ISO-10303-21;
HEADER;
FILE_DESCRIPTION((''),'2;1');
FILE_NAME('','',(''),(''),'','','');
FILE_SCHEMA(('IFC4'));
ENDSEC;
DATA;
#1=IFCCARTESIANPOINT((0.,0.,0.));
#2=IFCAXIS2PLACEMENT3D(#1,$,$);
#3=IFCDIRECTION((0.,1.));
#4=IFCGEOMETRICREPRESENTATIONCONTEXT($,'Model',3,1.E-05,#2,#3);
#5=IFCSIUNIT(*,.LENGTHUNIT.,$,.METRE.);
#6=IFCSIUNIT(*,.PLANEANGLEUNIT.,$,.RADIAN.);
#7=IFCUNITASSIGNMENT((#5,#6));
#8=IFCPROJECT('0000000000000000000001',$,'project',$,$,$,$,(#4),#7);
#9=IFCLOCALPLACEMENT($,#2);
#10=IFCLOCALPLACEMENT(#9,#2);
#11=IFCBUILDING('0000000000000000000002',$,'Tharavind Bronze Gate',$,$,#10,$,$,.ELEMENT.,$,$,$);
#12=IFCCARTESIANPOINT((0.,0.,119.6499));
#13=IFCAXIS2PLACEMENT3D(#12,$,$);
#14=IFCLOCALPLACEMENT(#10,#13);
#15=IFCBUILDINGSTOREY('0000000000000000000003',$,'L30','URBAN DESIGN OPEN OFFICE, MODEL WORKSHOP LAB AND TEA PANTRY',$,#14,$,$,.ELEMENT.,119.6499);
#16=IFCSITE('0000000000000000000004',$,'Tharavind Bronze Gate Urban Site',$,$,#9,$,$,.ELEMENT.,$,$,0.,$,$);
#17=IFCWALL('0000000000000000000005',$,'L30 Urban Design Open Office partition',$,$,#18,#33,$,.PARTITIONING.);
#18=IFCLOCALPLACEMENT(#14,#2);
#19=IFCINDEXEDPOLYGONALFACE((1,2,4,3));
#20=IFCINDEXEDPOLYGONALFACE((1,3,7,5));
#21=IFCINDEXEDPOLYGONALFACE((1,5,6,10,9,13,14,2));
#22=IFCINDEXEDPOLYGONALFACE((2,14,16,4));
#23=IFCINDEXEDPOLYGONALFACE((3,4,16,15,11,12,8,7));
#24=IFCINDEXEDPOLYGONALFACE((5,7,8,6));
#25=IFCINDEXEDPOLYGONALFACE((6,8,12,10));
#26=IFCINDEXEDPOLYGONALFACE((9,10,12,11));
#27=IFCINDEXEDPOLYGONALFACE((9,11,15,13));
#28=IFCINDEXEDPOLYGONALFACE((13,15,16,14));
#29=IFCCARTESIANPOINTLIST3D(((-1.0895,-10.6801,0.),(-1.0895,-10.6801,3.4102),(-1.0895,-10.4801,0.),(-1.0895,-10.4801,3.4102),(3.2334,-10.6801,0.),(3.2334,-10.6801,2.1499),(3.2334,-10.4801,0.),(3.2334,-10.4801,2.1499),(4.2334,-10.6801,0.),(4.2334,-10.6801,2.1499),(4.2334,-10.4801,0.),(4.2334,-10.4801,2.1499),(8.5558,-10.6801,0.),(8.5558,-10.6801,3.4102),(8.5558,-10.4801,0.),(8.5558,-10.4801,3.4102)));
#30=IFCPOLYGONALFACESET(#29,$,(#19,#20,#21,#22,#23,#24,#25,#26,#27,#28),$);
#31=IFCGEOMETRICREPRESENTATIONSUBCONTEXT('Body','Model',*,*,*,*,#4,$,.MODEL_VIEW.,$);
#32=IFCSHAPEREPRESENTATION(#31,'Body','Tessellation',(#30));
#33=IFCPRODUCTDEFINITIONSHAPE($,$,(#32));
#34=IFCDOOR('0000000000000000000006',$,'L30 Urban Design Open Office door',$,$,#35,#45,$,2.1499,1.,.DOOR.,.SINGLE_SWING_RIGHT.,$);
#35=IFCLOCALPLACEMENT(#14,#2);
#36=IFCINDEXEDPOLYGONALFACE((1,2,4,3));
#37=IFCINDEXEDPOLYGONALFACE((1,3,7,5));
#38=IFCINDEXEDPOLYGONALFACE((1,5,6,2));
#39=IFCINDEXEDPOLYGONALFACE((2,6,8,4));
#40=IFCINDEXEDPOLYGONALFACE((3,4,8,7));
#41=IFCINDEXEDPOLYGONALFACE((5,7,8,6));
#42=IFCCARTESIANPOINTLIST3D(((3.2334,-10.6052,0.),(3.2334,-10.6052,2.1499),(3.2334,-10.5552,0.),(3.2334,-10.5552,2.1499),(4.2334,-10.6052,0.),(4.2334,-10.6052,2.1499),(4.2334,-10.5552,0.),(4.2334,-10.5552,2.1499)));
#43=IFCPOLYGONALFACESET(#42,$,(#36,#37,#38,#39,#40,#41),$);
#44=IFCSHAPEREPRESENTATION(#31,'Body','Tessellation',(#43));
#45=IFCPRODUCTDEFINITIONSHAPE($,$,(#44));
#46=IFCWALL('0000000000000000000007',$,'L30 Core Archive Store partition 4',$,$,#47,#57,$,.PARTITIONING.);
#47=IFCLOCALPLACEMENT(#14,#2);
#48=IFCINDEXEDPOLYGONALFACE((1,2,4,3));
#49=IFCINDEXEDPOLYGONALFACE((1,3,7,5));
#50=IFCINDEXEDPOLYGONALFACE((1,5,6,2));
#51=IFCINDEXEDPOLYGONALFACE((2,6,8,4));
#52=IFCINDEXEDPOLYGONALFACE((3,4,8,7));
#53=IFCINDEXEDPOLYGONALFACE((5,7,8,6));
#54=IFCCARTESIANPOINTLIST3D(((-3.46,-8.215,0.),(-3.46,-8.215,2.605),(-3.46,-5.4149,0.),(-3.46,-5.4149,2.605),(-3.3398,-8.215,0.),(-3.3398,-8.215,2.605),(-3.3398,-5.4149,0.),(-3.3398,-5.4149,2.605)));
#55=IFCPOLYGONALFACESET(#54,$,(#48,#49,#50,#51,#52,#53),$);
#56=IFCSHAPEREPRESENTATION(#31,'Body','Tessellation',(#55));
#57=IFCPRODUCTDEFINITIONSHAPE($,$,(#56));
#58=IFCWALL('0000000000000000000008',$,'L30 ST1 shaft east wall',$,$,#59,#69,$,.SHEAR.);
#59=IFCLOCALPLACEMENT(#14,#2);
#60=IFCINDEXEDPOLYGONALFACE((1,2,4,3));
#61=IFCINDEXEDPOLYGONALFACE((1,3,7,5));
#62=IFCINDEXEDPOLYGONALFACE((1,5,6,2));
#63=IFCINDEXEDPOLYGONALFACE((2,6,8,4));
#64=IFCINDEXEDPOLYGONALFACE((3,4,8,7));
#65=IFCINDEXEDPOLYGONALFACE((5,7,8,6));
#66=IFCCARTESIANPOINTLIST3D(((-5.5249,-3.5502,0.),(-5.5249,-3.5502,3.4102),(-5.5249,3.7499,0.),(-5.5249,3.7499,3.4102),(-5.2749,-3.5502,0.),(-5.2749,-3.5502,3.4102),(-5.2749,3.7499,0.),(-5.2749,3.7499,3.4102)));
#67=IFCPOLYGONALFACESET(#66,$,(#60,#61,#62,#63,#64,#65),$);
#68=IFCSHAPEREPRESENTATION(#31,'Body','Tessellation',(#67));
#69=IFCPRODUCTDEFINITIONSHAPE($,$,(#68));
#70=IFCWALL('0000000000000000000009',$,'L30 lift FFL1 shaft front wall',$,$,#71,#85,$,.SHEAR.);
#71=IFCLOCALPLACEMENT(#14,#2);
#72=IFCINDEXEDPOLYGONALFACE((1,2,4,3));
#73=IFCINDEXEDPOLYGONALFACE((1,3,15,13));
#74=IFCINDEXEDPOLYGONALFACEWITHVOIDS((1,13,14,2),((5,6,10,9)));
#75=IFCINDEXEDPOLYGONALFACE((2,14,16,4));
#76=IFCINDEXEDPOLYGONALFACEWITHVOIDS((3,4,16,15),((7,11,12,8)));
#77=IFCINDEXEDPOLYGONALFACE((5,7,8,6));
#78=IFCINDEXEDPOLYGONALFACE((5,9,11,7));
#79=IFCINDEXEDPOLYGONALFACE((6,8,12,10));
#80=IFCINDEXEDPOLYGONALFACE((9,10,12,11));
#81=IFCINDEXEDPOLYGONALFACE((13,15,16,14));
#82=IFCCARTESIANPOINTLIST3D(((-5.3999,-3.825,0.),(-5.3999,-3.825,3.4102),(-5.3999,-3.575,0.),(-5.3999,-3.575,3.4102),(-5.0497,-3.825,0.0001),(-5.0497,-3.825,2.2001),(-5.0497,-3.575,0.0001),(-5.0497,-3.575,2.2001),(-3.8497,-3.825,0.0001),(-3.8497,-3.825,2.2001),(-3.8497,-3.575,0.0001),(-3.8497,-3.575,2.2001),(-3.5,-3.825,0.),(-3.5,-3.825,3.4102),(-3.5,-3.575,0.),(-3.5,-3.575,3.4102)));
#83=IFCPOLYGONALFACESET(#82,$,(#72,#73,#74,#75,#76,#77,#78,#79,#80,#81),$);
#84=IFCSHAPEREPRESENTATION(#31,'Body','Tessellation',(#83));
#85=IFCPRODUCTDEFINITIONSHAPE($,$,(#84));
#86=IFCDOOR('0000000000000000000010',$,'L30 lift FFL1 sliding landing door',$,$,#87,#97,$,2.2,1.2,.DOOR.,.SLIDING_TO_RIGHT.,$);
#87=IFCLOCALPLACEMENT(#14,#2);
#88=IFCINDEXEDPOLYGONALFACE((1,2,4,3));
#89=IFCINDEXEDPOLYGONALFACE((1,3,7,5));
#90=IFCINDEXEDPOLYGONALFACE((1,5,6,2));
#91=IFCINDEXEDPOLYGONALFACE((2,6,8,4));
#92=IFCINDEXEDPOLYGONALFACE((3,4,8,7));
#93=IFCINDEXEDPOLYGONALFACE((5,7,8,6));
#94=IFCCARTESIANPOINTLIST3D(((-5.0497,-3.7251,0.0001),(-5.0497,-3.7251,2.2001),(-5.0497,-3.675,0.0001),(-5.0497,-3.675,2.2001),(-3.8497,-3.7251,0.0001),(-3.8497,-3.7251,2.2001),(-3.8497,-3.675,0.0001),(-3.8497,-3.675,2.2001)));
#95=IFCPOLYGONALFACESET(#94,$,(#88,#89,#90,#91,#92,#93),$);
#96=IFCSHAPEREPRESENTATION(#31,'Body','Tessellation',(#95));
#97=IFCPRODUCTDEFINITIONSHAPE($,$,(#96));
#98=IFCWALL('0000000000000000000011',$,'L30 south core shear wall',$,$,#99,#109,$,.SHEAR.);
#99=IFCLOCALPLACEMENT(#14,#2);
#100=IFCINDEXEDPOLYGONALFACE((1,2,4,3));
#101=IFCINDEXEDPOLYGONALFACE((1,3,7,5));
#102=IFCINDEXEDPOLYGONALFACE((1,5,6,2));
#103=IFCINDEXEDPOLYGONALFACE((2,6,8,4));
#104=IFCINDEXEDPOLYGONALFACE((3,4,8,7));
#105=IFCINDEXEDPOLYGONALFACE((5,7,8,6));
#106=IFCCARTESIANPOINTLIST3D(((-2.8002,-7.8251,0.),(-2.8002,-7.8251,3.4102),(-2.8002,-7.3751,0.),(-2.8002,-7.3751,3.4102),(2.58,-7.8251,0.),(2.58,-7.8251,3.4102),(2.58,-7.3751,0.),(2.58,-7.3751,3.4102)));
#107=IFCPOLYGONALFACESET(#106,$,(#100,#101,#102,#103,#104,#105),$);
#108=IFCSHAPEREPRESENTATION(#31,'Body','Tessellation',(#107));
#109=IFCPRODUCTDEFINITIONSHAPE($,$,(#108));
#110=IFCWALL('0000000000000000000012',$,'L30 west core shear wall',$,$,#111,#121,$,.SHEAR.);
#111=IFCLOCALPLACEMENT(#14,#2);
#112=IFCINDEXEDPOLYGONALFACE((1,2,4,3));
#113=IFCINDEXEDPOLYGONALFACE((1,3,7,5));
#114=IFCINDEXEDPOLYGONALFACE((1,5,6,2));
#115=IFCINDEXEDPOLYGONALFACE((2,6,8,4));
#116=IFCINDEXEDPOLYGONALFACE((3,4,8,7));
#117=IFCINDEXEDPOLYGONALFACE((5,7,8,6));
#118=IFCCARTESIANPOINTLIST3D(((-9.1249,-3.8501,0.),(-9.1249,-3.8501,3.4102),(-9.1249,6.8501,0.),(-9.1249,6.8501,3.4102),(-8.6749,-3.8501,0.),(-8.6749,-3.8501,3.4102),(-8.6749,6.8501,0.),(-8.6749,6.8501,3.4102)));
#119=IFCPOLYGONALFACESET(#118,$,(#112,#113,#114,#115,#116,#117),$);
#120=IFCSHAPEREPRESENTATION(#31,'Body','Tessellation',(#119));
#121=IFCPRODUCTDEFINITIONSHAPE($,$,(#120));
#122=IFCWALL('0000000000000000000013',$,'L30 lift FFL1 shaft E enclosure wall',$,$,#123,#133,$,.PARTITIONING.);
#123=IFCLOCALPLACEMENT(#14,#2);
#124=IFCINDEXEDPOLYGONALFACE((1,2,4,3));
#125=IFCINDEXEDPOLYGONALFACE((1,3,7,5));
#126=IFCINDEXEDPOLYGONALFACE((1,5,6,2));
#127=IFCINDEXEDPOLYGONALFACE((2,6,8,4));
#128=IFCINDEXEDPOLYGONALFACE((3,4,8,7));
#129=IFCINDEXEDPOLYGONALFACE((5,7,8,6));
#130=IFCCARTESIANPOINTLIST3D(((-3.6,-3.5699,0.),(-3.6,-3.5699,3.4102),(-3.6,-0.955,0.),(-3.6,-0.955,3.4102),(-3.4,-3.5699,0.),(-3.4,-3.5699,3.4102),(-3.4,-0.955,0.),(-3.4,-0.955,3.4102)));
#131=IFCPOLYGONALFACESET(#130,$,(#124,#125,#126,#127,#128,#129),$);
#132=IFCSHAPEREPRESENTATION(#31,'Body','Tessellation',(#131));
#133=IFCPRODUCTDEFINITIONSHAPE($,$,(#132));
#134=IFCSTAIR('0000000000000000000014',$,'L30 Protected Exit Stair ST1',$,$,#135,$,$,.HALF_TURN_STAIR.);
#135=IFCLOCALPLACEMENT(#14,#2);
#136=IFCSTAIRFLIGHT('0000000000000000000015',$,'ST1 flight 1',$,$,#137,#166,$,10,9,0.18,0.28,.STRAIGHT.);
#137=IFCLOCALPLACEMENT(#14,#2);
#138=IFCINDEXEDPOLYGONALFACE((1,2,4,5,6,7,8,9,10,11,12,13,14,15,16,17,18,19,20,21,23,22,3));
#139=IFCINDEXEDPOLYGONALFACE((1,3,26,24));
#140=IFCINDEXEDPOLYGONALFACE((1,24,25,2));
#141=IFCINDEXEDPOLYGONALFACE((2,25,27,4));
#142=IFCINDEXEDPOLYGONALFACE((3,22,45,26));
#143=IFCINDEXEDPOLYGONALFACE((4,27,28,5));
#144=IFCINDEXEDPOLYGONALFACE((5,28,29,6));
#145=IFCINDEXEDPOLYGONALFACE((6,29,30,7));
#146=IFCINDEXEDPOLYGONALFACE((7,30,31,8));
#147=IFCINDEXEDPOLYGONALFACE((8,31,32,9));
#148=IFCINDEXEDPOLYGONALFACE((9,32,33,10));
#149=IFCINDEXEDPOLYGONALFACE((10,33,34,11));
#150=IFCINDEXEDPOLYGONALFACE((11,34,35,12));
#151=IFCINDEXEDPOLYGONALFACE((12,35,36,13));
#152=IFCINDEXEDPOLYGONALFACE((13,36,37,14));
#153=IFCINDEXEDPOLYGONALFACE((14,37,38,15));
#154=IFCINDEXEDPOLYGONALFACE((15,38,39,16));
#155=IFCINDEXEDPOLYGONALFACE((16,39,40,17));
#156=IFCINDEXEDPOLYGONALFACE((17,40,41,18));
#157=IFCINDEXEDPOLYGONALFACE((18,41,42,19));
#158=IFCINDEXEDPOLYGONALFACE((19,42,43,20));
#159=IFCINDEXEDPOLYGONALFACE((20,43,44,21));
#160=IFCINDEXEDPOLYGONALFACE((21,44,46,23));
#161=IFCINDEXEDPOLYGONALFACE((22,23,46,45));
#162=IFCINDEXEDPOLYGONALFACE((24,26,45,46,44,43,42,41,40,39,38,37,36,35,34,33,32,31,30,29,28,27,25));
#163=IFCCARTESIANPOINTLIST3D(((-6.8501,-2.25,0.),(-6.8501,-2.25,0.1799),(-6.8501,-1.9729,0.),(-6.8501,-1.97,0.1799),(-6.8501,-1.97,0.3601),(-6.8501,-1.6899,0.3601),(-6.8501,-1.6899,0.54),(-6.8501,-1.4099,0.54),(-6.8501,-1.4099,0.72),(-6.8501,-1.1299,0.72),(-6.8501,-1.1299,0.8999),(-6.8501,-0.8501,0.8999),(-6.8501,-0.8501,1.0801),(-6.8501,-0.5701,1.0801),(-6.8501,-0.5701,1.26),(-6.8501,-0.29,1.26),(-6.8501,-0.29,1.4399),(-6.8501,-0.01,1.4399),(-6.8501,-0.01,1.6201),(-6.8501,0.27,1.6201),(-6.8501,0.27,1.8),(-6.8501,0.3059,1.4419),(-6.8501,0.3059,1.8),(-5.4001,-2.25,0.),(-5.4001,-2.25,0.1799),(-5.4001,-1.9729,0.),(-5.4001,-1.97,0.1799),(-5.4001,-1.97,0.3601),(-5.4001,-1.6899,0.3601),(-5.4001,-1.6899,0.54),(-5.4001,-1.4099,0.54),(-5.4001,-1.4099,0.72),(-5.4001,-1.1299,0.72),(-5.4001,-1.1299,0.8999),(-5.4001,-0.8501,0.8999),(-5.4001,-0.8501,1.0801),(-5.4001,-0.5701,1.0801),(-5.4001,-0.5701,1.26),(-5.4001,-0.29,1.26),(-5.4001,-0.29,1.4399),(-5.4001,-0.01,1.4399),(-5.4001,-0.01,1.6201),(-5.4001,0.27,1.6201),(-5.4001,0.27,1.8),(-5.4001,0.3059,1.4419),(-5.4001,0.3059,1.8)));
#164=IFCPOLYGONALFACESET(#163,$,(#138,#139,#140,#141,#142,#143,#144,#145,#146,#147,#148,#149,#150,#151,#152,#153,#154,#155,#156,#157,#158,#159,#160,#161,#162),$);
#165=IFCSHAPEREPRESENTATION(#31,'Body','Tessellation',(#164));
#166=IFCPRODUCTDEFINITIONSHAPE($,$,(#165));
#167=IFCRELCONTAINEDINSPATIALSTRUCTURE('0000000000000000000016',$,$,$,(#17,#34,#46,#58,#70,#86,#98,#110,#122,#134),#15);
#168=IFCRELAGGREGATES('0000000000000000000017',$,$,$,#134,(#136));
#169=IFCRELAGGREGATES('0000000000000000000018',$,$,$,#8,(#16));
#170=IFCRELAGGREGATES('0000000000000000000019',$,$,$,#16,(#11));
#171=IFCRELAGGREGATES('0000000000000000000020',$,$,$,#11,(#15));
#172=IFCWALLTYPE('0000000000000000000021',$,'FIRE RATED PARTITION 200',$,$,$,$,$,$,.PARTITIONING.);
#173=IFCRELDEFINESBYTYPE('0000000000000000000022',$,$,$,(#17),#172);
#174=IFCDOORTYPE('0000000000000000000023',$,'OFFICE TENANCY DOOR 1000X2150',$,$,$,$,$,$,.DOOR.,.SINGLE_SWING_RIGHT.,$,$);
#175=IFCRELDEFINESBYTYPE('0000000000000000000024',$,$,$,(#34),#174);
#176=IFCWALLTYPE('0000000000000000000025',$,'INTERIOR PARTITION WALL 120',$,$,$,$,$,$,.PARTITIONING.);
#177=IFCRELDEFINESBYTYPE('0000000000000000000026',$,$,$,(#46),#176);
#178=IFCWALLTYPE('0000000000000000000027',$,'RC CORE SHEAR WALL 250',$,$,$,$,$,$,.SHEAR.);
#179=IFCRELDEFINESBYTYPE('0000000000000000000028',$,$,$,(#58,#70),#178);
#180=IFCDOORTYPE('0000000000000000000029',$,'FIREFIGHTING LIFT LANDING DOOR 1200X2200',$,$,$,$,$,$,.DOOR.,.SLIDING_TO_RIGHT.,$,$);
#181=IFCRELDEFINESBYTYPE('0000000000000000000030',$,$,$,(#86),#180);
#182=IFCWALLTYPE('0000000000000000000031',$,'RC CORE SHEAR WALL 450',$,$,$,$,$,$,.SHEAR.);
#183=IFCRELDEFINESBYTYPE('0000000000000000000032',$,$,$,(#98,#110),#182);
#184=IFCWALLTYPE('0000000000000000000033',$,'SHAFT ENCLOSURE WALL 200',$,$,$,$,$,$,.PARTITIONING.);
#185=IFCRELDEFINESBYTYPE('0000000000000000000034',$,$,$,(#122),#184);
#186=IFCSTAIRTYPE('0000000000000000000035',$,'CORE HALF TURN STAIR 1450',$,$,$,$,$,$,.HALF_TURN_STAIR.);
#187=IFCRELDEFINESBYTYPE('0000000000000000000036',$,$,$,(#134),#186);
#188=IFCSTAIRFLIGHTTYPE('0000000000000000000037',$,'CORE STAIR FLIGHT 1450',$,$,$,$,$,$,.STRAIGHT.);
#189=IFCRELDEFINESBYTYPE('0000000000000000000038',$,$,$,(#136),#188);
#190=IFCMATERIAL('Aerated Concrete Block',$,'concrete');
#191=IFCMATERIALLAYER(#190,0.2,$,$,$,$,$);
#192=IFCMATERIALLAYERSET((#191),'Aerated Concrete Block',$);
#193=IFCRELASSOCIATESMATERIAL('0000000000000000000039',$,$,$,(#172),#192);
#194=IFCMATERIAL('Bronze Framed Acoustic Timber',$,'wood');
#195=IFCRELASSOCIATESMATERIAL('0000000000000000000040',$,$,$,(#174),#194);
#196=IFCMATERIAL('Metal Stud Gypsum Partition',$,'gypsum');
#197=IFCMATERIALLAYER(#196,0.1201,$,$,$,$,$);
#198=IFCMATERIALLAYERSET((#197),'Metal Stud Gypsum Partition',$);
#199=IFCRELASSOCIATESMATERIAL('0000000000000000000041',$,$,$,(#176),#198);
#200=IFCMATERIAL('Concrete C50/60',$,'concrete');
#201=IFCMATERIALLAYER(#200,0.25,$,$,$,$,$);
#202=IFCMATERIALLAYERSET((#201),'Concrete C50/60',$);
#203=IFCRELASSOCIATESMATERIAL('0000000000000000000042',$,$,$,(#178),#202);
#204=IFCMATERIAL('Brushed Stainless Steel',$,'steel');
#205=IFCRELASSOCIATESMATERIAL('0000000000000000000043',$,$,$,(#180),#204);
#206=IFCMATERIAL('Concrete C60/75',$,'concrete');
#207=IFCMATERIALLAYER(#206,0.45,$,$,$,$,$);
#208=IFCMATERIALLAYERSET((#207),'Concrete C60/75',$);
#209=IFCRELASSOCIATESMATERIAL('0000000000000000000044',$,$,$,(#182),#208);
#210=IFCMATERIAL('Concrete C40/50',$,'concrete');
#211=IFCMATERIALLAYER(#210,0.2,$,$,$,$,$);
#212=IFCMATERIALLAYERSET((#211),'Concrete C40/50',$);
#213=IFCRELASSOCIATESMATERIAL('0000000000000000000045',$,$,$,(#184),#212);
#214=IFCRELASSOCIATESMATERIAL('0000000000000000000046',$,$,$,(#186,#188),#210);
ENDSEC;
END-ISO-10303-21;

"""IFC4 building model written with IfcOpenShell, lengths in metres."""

from ifc_helpers import new_model, si_unit, direction, frame, frame_2d, origin, place, context, subcontext, project, spatial, polyline, rectangle, outline, extrude, material, layer, layer_set, type_object, element, fill, aggregate, save


model = new_model("IFC4")

# Units and contexts
model_context = context("Model", 3, precision=1e-05, world=origin(), true_north=direction((0.0, 1.0)))
body_context = subcontext(model_context, "Body", "Model", "MODEL_VIEW")
ifc_project = project(units=[si_unit("LENGTHUNIT", "METRE"), si_unit("PLANEANGLEUNIT", "RADIAN")], contexts=[model_context])

# Site, building, storey
site_placement = place(None, origin())
site = spatial("IfcSite", under=ifc_project, at=site_placement, Name="Tharavind Bronze Gate Urban Site", CompositionType="ELEMENT", RefElevation=0.0)
building_placement = place(site_placement, origin())
building = spatial("IfcBuilding", under=site, at=building_placement, Name="Tharavind Bronze Gate", CompositionType="ELEMENT")
storey_placement = place(building_placement, frame((0.0, 0.0, 119.6499)))
storey = spatial("IfcBuildingStorey", under=building, at=storey_placement, Name="L30", Description="URBAN DESIGN OPEN OFFICE, MODEL WORKSHOP LAB AND TEA PANTRY", CompositionType="ELEMENT", Elevation=119.6499)

# Shared definitions
ifc_material_1 = material(Name="Concrete C60/75", Category="concrete")

# Shared definitions
ifc_material_2 = material(Name="Aerated Concrete Block", Category="concrete")
ifc_layer_1 = layer(ifc_material_2, 0.2)
ifc_layer_set_1 = layer_set([ifc_layer_1], Name="Aerated Concrete Block")
wall_type_1 = type_object("IfcWallType", Name="FIRE RATED PARTITION 200", PredefinedType="PARTITIONING", material=ifc_layer_set_1)

# Wall, opening, door
wall_1_placement = place(storey_placement, frame((-1.0896, -10.5801, 0.0), z_axis=(0.0, 0.0, 1.0), x_axis=(1.0, 0.0, 0.0)))
wall_1 = element("IfcWall", 1, at=wall_1_placement, inside=storey, type_object=wall_type_1, Name="L30 Urban Design Open Office partition", PredefinedType="PARTITIONING", context=body_context, shape_type="SweptSolid", body=[
    extrude(rectangle(XDim=9.6453, YDim=0.2, at=frame_2d((4.8228, 0.0))), origin(), (0.0, 0.0, 1.0), 3.4102),
])
opening_1_placement = place(wall_1_placement, frame((4.323, 0.0, 0.0)))
opening_1 = element("IfcOpeningElement", 2, at=opening_1_placement, cuts=wall_1, PredefinedType="OPENING", context=body_context, shape_type="SweptSolid", body=[
    extrude(rectangle(XDim=1.0, YDim=2.1499, at=frame_2d((0.5, 1.075))), frame((0.0, 0.1101, 0.0), z_axis=(0.0, -1.0, 0.0), x_axis=(1.0, 0.0, 0.0)), (0.0, 0.0, 1.0), 0.22),
])
ifc_material_3 = material(Name="Bronze Framed Acoustic Timber", Category="wood")
door_type_1 = type_object("IfcDoorType", Name="OFFICE TENANCY DOOR 1000X2150", OperationType="SINGLE_SWING_RIGHT", PredefinedType="DOOR", material=ifc_material_3)
door_1_placement = place(opening_1_placement, origin())
door_1 = element("IfcDoor", 3, at=door_1_placement, inside=storey, type_object=door_type_1, Name="L30 Urban Design Open Office door", OperationType="SINGLE_SWING_RIGHT", OverallHeight=2.1499, OverallWidth=1.0, PredefinedType="DOOR", context=body_context, shape_type="SweptSolid", body=[
    extrude(rectangle(XDim=1.0, YDim=2.1499, at=frame_2d((0.5, 1.075))), frame((0.0, 0.0249, 0.0), z_axis=(0.0, -1.0, 0.0), x_axis=(1.0, 0.0, 0.0)), (0.0, 0.0, 1.0), 0.05),
])
fill(opening_1, door_1)

# Walls
ifc_material_4 = material(Name="Metal Stud Gypsum Partition", Category="gypsum")
ifc_layer_2 = layer(ifc_material_4, 0.1201)
ifc_layer_set_2 = layer_set([ifc_layer_2], Name="Metal Stud Gypsum Partition")
wall_type_2 = type_object("IfcWallType", Name="INTERIOR PARTITION WALL 120", PredefinedType="PARTITIONING", material=ifc_layer_set_2)
wall_2_placement = place(storey_placement, frame((-3.3999, -5.415, 0.0), z_axis=(0.0, 0.0, 1.0), x_axis=(0.0, -1.0, 0.0)))
element("IfcWall", 4, at=wall_2_placement, inside=storey, type_object=wall_type_2, Name="L30 Core Archive Store partition 4", PredefinedType="PARTITIONING", context=body_context, shape_type="SweptSolid", body=[
    extrude(rectangle(XDim=2.8, YDim=0.1201, at=frame_2d((1.3999, 0.0))), origin(), (0.0, 0.0, 1.0), 2.605),
])
ifc_material_5 = material(Name="Concrete C50/60", Category="concrete")
ifc_layer_3 = layer(ifc_material_5, 0.25)
ifc_layer_set_3 = layer_set([ifc_layer_3], Name="Concrete C50/60")
wall_type_3 = type_object("IfcWallType", Name="RC CORE SHEAR WALL 250", PredefinedType="SHEAR", material=ifc_layer_set_3)
wall_3_placement = place(storey_placement, frame((-5.3999, -3.55, 0.0), z_axis=(0.0, 0.0, 1.0), x_axis=(0.0, 1.0, 0.0)))
element("IfcWall", 5, at=wall_3_placement, inside=storey, type_object=wall_type_3, Name="L30 ST1 shaft east wall", PredefinedType="SHEAR", context=body_context, shape_type="SweptSolid", body=[
    extrude(rectangle(XDim=7.3, YDim=0.25, at=frame_2d((3.6499, 0.0))), origin(), (0.0, 0.0, 1.0), 3.4102),
])

# Wall, opening, door
wall_4_placement = place(storey_placement, frame((-5.3999, -3.7, 0.0), z_axis=(0.0, 0.0, 1.0), x_axis=(1.0, 0.0, 0.0)))
wall_4 = element("IfcWall", 6, at=wall_4_placement, inside=storey, type_object=wall_type_3, Name="L30 lift FFL1 shaft front wall", PredefinedType="SHEAR", context=body_context, shape_type="SweptSolid", body=[
    extrude(rectangle(XDim=1.8999, YDim=0.25, at=frame_2d((0.95, 0.0))), origin(), (0.0, 0.0, 1.0), 3.4102),
])
opening_2_placement = place(wall_4_placement, frame((0.3501, 0.0, 0.0)))
opening_2 = element("IfcOpeningElement", 7, at=opening_2_placement, cuts=wall_4, PredefinedType="OPENING", context=body_context, shape_type="SweptSolid", body=[
    extrude(rectangle(XDim=1.2, YDim=2.2, at=frame_2d((0.6001, 1.1001))), frame((0.0, 0.135, 0.0), z_axis=(0.0, -1.0, 0.0), x_axis=(1.0, 0.0, 0.0)), (0.0, 0.0, 1.0), 0.27),
])
ifc_material_6 = material(Name="Brushed Stainless Steel", Category="steel")
door_type_2 = type_object("IfcDoorType", Name="FIREFIGHTING LIFT LANDING DOOR 1200X2200", OperationType="SLIDING_TO_RIGHT", PredefinedType="DOOR", material=ifc_material_6)
door_2_placement = place(opening_2_placement, origin())
door_2 = element("IfcDoor", 8, at=door_2_placement, inside=storey, type_object=door_type_2, Name="L30 lift FFL1 sliding landing door", OperationType="SLIDING_TO_RIGHT", OverallHeight=2.2, OverallWidth=1.2, PredefinedType="DOOR", context=body_context, shape_type="SweptSolid", body=[
    extrude(rectangle(XDim=1.2, YDim=2.2, at=frame_2d((0.6001, 1.1001))), frame((0.0, 0.0249, 0.0), z_axis=(0.0, -1.0, 0.0), x_axis=(1.0, 0.0, 0.0)), (0.0, 0.0, 1.0), 0.05),
])
fill(opening_2, door_2)

# Walls
ifc_layer_4 = layer(ifc_material_1, 0.45)
ifc_layer_set_4 = layer_set([ifc_layer_4], Name="Concrete C60/75")
wall_type_4 = type_object("IfcWallType", Name="RC CORE SHEAR WALL 450", PredefinedType="SHEAR", material=ifc_layer_set_4)
wall_5_placement = place(storey_placement, frame((-2.8, -7.6001, 0.0), z_axis=(0.0, 0.0, 1.0), x_axis=(1.0, 0.0, 0.0)))
element("IfcWall", 9, at=wall_5_placement, inside=storey, type_object=wall_type_4, Name="L30 south core shear wall", PredefinedType="SHEAR", context=body_context, shape_type="SweptSolid", body=[
    extrude(rectangle(XDim=5.3801, YDim=0.45, at=frame_2d((2.6899, 0.0))), origin(), (0.0, 0.0, 1.0), 3.4102),
])
wall_6_placement = place(storey_placement, frame((-8.8999, -3.8501, 0.0), z_axis=(0.0, 0.0, 1.0), x_axis=(0.0, 1.0, 0.0)))
element("IfcWall", 10, at=wall_6_placement, inside=storey, type_object=wall_type_4, Name="L30 west core shear wall", PredefinedType="SHEAR", context=body_context, shape_type="SweptSolid", body=[
    extrude(rectangle(XDim=10.7002, YDim=0.45, at=frame_2d((5.3501, 0.0))), origin(), (0.0, 0.0, 1.0), 3.4102),
])
ifc_material_7 = material(Name="Concrete C40/50", Category="concrete")
ifc_layer_5 = layer(ifc_material_7, 0.2)
ifc_layer_set_5 = layer_set([ifc_layer_5], Name="Concrete C40/50")
wall_type_5 = type_object("IfcWallType", Name="SHAFT ENCLOSURE WALL 200", PredefinedType="PARTITIONING", material=ifc_layer_set_5)
wall_7_placement = place(storey_placement, frame((-3.5, -3.5701, 0.0), z_axis=(0.0, 0.0, 1.0), x_axis=(0.0, 1.0, 0.0)))
element("IfcWall", 11, at=wall_7_placement, inside=storey, type_object=wall_type_5, Name="L30 lift FFL1 shaft E enclosure wall", PredefinedType="PARTITIONING", context=body_context, shape_type="SweptSolid", body=[
    extrude(rectangle(XDim=2.615, YDim=0.2, at=frame_2d((1.3076, 0.0))), origin(), (0.0, 0.0, 1.0), 3.4102),
])

# Stair, stair flight
stair_type = type_object("IfcStairType", Name="CORE HALF TURN STAIR 1450", PredefinedType="HALF_TURN_STAIR", material=ifc_material_7)
stair_placement = place(storey_placement, origin())
stair = element("IfcStair", 12, at=stair_placement, inside=storey, type_object=stair_type, Name="L30 Protected Exit Stair ST1", PredefinedType="HALF_TURN_STAIR")
stair_flight_type = type_object("IfcStairFlightType", Name="CORE STAIR FLIGHT 1450", PredefinedType="STRAIGHT", material=ifc_material_7)
stair_flight_placement = place(storey_placement, frame((-6.125, -2.25, 0.0), z_axis=(0.0, 0.0, 1.0), x_axis=(0.0, 1.0, 0.0)))
stair_flight = element("IfcStairFlight", 13, at=stair_flight_placement, type_object=stair_flight_type, Name="ST1 flight 1", NumberOfRisers=10, NumberOfTreads=9, PredefinedType="STRAIGHT", RiserHeight=0.18, TreadLength=0.28, context=body_context, shape_type="SweptSolid", body=[
    extrude(outline(polyline([(0.0, 0.0), (0.0, 0.1799), (0.28, 0.1799), (0.28, 0.3601), (0.5601, 0.3601), (0.5601, 0.54), (0.8401, 0.54), (0.8401, 0.72), (1.1201, 0.72), (1.1201, 0.8999), (1.3999, 0.8999), (1.3999, 1.0801), (1.6799, 1.0801), (1.6799, 1.26), (1.96, 1.26), (1.96, 1.4399), (2.24, 1.4399), (2.24, 1.6201), (2.52, 1.6201), (2.52, 1.8), (2.5559, 1.8), (2.5559, 1.4419), (0.2771, 0.0), (0.0, 0.0)])), frame((0.0, 0.7251, 0.0), z_axis=(0.0, -1.0, 0.0), x_axis=(1.0, 0.0, 0.0)), (0.0, 0.0, 1.0), 1.45),
])
aggregate(stair, [stair_flight])

save(model, "model.ifc")
